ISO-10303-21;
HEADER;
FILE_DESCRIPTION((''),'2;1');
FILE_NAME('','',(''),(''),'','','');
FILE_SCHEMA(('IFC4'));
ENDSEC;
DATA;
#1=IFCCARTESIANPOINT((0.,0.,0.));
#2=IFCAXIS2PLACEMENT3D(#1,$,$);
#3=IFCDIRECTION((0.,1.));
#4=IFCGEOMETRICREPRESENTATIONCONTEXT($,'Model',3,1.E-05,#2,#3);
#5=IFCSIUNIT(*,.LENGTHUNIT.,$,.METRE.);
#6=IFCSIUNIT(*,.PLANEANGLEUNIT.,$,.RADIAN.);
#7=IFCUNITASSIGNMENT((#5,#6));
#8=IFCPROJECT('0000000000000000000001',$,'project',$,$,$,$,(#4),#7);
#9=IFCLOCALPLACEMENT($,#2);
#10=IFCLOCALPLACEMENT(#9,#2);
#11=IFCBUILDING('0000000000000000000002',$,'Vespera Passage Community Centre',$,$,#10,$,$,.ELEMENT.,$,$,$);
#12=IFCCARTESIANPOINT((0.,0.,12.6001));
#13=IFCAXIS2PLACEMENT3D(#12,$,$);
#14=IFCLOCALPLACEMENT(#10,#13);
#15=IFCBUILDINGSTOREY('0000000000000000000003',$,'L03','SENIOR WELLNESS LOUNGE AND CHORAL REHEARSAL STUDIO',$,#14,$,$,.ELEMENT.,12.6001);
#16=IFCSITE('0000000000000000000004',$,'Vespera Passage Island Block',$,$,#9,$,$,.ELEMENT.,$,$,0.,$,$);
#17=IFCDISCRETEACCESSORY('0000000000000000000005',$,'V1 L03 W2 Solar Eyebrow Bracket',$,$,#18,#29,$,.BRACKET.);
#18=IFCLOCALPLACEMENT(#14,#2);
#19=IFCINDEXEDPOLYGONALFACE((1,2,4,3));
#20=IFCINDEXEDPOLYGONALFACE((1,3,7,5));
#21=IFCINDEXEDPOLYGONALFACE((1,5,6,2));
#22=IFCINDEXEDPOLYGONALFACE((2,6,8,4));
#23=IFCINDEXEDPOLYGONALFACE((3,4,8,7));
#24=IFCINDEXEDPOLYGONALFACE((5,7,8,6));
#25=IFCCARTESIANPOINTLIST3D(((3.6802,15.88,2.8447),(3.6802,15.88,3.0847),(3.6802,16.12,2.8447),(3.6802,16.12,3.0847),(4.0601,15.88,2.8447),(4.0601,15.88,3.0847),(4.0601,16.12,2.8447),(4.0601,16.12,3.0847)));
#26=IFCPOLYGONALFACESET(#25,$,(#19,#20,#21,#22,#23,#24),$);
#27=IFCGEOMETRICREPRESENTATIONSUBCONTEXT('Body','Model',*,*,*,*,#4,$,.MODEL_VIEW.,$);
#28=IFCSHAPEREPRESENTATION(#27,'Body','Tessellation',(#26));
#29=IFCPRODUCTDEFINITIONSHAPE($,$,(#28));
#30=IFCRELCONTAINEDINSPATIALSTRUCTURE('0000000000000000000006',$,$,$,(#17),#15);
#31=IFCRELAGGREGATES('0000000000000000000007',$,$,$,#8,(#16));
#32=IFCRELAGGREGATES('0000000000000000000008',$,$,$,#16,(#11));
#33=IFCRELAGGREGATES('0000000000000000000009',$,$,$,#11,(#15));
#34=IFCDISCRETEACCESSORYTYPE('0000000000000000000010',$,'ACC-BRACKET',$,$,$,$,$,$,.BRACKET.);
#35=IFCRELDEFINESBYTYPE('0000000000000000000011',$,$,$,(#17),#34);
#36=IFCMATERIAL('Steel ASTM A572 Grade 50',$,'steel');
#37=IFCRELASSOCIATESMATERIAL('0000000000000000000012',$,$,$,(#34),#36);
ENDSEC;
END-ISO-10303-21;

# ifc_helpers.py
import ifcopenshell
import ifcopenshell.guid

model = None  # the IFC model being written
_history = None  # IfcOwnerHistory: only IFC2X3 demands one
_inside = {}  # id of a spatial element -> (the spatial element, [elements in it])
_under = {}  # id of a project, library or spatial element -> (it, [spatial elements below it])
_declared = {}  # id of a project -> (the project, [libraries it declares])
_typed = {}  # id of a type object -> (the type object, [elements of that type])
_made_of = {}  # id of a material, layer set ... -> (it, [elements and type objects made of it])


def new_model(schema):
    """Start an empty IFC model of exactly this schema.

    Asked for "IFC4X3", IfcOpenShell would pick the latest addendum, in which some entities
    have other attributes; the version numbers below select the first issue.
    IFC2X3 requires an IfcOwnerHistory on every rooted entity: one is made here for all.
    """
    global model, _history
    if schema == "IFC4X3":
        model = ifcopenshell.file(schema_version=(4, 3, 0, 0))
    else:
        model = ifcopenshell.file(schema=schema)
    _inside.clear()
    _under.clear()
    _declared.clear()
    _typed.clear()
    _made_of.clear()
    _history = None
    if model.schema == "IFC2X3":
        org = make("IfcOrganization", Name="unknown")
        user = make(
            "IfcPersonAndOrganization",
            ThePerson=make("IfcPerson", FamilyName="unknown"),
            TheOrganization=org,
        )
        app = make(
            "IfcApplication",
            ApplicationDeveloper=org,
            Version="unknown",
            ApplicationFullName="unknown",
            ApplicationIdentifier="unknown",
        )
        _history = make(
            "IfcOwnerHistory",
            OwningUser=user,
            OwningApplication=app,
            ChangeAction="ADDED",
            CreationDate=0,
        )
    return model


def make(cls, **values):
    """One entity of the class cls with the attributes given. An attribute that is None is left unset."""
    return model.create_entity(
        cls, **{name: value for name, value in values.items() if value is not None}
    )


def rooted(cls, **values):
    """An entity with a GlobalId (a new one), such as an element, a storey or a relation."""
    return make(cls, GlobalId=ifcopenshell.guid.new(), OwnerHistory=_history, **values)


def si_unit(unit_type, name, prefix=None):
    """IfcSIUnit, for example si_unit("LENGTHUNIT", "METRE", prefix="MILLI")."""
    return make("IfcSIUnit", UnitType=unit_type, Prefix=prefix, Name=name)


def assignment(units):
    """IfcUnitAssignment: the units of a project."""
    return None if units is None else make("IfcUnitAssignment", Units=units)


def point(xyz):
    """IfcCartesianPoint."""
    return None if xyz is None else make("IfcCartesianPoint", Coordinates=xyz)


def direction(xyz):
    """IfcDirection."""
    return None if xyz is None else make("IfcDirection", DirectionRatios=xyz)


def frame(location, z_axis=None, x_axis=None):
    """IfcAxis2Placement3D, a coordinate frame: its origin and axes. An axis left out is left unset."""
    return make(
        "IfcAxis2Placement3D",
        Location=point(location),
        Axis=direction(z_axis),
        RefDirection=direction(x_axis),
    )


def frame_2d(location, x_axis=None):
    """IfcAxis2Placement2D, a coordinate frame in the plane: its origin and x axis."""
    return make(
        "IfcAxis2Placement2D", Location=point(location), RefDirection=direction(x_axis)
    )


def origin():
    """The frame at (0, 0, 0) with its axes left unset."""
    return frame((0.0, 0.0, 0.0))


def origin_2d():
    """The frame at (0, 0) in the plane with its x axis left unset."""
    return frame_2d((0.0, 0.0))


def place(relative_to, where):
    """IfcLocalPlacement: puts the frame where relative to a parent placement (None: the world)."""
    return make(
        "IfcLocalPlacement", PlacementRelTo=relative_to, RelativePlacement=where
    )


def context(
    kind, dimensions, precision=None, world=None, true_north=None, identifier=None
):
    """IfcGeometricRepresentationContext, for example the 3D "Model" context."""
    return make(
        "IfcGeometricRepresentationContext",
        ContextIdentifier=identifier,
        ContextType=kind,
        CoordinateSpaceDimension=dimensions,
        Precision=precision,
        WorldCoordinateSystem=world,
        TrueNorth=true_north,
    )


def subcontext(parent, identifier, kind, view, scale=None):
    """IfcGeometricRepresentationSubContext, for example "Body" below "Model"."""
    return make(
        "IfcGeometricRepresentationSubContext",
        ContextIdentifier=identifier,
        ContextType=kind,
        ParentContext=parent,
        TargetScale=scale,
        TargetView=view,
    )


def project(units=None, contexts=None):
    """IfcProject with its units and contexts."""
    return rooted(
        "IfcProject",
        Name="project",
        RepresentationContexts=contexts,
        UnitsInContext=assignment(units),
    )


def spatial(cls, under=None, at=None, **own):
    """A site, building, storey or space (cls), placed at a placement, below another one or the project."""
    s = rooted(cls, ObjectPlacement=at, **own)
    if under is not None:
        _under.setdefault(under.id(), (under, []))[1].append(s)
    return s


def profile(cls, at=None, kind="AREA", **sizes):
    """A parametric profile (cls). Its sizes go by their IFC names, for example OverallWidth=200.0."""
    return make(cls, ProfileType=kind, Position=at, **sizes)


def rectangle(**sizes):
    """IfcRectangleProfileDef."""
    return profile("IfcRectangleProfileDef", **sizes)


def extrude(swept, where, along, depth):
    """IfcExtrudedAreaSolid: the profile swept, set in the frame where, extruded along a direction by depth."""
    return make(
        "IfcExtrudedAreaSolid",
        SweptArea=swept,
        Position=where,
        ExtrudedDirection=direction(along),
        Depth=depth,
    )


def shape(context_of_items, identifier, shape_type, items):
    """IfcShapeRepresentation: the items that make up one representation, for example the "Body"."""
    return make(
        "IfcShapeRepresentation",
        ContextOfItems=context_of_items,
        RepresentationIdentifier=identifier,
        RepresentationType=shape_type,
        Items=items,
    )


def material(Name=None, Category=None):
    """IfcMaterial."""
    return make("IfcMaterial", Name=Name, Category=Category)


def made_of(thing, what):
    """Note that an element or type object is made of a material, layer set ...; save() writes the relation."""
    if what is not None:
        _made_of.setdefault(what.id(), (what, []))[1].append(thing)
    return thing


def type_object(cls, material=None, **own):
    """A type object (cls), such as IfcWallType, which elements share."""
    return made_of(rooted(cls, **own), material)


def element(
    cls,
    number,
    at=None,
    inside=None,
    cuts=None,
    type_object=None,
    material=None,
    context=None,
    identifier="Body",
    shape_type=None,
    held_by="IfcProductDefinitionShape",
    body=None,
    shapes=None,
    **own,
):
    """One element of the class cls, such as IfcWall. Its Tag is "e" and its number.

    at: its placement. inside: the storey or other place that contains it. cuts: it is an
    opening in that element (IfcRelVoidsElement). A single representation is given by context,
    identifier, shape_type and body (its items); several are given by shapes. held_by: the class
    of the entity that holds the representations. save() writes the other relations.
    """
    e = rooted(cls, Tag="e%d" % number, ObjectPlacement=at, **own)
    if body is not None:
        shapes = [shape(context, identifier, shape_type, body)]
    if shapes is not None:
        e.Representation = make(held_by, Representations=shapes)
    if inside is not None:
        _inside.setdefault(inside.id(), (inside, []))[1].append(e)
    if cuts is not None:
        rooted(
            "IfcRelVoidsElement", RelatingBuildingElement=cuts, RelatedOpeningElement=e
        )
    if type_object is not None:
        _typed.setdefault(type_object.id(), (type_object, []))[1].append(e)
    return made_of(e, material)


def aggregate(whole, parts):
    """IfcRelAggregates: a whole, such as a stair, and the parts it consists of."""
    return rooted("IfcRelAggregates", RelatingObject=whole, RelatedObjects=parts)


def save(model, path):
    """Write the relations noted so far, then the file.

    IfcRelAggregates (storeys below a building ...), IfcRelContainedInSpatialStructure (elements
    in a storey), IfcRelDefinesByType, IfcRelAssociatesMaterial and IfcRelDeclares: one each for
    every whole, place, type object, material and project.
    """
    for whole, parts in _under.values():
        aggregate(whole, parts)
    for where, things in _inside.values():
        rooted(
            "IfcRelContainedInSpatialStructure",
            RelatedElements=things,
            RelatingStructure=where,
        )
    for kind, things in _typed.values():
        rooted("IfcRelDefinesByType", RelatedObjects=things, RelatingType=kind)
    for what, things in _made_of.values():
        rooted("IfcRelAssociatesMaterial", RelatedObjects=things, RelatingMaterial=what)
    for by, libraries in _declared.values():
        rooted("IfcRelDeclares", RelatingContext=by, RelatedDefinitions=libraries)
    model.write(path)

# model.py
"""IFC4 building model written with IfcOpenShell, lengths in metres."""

from ifc_helpers import new_model, si_unit, direction, frame, origin, origin_2d, place, context, subcontext, project, spatial, rectangle, extrude, material, type_object, element, save


model = new_model("IFC4")

# Units and contexts
model_context = context("Model", 3, precision=1e-05, world=origin(), true_north=direction((0.0, 1.0)))
body_context = subcontext(model_context, "Body", "Model", "MODEL_VIEW")
ifc_project = project(units=[si_unit("LENGTHUNIT", "METRE"), si_unit("PLANEANGLEUNIT", "RADIAN")], contexts=[model_context])

# Site, building, storey
site_placement = place(None, origin())
site = spatial("IfcSite", under=ifc_project, at=site_placement, Name="Vespera Passage Island Block", CompositionType="ELEMENT", RefElevation=0.0)
building_placement = place(site_placement, origin())
building = spatial("IfcBuilding", under=site, at=building_placement, Name="Vespera Passage Community Centre", CompositionType="ELEMENT")
storey_placement = place(building_placement, frame((0.0, 0.0, 12.6001)))
storey = spatial("IfcBuildingStorey", under=building, at=storey_placement, Name="L03", Description="SENIOR WELLNESS LOUNGE AND CHORAL REHEARSAL STUDIO", CompositionType="ELEMENT", Elevation=12.6001)

# Discrete accessory
ifc_material_1 = material(Name="Steel ASTM A572 Grade 50", Category="steel")
discrete_accessory_type = type_object("IfcDiscreteAccessoryType", Name="ACC-BRACKET", PredefinedType="BRACKET", material=ifc_material_1)
discrete_accessory_placement = place(storey_placement, frame((3.8701, 16.0, 2.8447), z_axis=(0.0, 0.0, 1.0), x_axis=(0.0, 1.0, 0.0)))
element("IfcDiscreteAccessory", 1, at=discrete_accessory_placement, inside=storey, type_object=discrete_accessory_type, Name="V1 L03 W2 Solar Eyebrow Bracket", PredefinedType="BRACKET", context=body_context, shape_type="SweptSolid", body=[
    extrude(rectangle(XDim=0.24, YDim=0.3799, at=origin_2d()), origin(), (0.0, 0.0, 1.0), 0.24),
])

save(model, "model.ifc")
